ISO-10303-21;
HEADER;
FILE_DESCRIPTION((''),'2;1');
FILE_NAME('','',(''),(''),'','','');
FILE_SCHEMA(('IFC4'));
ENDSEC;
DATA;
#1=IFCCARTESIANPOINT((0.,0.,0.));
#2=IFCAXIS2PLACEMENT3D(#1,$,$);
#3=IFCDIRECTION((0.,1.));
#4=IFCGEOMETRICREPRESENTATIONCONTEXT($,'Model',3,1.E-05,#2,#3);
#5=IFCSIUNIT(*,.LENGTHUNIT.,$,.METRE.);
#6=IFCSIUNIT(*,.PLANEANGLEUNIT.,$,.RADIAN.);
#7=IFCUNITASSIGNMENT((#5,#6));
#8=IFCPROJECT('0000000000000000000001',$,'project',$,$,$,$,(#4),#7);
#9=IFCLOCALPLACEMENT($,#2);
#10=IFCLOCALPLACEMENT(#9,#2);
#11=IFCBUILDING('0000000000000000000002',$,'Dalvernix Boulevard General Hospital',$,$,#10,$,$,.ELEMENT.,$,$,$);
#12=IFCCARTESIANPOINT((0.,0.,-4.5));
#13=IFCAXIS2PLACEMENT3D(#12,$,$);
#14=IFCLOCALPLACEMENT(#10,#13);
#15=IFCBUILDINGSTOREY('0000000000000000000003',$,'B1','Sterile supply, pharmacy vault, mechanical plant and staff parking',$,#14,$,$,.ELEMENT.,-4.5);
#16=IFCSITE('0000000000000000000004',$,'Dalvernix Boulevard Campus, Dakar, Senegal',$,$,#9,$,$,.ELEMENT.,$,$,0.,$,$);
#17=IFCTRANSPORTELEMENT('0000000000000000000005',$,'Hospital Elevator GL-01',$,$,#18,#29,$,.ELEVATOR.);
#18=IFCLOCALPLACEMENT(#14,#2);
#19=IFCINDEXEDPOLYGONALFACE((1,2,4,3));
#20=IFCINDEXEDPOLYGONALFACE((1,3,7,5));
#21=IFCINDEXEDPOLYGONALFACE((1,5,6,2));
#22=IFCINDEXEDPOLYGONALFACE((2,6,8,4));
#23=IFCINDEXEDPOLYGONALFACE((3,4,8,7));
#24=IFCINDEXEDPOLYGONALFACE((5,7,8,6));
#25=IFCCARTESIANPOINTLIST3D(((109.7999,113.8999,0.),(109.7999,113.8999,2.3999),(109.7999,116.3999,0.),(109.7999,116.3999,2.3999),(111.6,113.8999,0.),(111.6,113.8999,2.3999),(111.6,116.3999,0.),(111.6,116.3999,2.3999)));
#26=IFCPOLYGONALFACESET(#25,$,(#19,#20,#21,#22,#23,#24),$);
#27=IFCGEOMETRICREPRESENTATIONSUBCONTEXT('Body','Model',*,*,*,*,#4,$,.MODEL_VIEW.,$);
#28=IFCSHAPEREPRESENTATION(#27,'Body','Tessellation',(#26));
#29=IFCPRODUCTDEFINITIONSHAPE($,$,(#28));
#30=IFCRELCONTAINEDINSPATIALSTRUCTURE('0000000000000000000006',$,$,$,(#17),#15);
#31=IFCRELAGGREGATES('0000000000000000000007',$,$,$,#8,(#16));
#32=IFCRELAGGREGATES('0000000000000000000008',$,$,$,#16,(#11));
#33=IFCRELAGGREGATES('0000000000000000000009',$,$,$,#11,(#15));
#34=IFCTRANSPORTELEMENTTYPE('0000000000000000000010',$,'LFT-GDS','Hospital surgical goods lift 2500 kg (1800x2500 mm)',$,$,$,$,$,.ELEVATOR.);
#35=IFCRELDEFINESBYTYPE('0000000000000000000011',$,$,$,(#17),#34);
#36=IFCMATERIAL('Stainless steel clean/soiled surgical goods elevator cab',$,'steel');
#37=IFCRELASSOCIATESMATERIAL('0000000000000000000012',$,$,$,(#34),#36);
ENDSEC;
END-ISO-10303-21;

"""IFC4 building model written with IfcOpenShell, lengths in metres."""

from ifc_helpers import new_model, si_unit, direction, frame, origin, origin_2d, place, context, subcontext, project, spatial, rectangle, extrude, material, type_object, element, save


model = new_model("IFC4")

# Units and contexts
model_context = context("Model", 3, precision=1e-05, world=origin(), true_north=direction((0.0, 1.0)))
body_context = subcontext(model_context, "Body", "Model", "MODEL_VIEW")
ifc_project = project(units=[si_unit("LENGTHUNIT", "METRE"), si_unit("PLANEANGLEUNIT", "RADIAN")], contexts=[model_context])

# Site, building, storey
site_placement = place(None, origin())
site = spatial("IfcSite", under=ifc_project, at=site_placement, Name="Dalvernix Boulevard Campus, Dakar, Senegal", CompositionType="ELEMENT", RefElevation=0.0)
building_placement = place(site_placement, origin())
building = spatial("IfcBuilding", under=site, at=building_placement, Name="Dalvernix Boulevard General Hospital", CompositionType="ELEMENT")
storey_placement = place(building_placement, frame((0.0, 0.0, -4.5)))
storey = spatial("IfcBuildingStorey", under=building, at=storey_placement, Name="B1", Description="Sterile supply, pharmacy vault, mechanical plant and staff parking", CompositionType="ELEMENT", Elevation=-4.5)

# Transport element
ifc_material_1 = material(Name="Stainless steel clean/soiled surgical goods elevator cab", Category="steel")
transport_element_type_1 = type_object("IfcTransportElementType", Name="LFT-GDS", Description="Hospital surgical goods lift 2500 kg (1800x2500 mm)", PredefinedType="ELEVATOR", material=ifc_material_1)
transport_element_1_placement = place(storey_placement, frame((110.7, 115.1499, 0.0), z_axis=(0.0, 0.0, 1.0), x_axis=(1.0, 0.0, 0.0)))
element("IfcTransportElement", 1, at=transport_element_1_placement, inside=storey, type_object=transport_element_type_1, Name="Hospital Elevator GL-01", PredefinedType="ELEVATOR", context=body_context, shape_type="SweptSolid", body=[
    extrude(rectangle(XDim=1.8, YDim=2.5, at=origin_2d()), origin(), (0.0, 0.0, 1.0), 2.3999),
])

save(model, "model.ifc")
